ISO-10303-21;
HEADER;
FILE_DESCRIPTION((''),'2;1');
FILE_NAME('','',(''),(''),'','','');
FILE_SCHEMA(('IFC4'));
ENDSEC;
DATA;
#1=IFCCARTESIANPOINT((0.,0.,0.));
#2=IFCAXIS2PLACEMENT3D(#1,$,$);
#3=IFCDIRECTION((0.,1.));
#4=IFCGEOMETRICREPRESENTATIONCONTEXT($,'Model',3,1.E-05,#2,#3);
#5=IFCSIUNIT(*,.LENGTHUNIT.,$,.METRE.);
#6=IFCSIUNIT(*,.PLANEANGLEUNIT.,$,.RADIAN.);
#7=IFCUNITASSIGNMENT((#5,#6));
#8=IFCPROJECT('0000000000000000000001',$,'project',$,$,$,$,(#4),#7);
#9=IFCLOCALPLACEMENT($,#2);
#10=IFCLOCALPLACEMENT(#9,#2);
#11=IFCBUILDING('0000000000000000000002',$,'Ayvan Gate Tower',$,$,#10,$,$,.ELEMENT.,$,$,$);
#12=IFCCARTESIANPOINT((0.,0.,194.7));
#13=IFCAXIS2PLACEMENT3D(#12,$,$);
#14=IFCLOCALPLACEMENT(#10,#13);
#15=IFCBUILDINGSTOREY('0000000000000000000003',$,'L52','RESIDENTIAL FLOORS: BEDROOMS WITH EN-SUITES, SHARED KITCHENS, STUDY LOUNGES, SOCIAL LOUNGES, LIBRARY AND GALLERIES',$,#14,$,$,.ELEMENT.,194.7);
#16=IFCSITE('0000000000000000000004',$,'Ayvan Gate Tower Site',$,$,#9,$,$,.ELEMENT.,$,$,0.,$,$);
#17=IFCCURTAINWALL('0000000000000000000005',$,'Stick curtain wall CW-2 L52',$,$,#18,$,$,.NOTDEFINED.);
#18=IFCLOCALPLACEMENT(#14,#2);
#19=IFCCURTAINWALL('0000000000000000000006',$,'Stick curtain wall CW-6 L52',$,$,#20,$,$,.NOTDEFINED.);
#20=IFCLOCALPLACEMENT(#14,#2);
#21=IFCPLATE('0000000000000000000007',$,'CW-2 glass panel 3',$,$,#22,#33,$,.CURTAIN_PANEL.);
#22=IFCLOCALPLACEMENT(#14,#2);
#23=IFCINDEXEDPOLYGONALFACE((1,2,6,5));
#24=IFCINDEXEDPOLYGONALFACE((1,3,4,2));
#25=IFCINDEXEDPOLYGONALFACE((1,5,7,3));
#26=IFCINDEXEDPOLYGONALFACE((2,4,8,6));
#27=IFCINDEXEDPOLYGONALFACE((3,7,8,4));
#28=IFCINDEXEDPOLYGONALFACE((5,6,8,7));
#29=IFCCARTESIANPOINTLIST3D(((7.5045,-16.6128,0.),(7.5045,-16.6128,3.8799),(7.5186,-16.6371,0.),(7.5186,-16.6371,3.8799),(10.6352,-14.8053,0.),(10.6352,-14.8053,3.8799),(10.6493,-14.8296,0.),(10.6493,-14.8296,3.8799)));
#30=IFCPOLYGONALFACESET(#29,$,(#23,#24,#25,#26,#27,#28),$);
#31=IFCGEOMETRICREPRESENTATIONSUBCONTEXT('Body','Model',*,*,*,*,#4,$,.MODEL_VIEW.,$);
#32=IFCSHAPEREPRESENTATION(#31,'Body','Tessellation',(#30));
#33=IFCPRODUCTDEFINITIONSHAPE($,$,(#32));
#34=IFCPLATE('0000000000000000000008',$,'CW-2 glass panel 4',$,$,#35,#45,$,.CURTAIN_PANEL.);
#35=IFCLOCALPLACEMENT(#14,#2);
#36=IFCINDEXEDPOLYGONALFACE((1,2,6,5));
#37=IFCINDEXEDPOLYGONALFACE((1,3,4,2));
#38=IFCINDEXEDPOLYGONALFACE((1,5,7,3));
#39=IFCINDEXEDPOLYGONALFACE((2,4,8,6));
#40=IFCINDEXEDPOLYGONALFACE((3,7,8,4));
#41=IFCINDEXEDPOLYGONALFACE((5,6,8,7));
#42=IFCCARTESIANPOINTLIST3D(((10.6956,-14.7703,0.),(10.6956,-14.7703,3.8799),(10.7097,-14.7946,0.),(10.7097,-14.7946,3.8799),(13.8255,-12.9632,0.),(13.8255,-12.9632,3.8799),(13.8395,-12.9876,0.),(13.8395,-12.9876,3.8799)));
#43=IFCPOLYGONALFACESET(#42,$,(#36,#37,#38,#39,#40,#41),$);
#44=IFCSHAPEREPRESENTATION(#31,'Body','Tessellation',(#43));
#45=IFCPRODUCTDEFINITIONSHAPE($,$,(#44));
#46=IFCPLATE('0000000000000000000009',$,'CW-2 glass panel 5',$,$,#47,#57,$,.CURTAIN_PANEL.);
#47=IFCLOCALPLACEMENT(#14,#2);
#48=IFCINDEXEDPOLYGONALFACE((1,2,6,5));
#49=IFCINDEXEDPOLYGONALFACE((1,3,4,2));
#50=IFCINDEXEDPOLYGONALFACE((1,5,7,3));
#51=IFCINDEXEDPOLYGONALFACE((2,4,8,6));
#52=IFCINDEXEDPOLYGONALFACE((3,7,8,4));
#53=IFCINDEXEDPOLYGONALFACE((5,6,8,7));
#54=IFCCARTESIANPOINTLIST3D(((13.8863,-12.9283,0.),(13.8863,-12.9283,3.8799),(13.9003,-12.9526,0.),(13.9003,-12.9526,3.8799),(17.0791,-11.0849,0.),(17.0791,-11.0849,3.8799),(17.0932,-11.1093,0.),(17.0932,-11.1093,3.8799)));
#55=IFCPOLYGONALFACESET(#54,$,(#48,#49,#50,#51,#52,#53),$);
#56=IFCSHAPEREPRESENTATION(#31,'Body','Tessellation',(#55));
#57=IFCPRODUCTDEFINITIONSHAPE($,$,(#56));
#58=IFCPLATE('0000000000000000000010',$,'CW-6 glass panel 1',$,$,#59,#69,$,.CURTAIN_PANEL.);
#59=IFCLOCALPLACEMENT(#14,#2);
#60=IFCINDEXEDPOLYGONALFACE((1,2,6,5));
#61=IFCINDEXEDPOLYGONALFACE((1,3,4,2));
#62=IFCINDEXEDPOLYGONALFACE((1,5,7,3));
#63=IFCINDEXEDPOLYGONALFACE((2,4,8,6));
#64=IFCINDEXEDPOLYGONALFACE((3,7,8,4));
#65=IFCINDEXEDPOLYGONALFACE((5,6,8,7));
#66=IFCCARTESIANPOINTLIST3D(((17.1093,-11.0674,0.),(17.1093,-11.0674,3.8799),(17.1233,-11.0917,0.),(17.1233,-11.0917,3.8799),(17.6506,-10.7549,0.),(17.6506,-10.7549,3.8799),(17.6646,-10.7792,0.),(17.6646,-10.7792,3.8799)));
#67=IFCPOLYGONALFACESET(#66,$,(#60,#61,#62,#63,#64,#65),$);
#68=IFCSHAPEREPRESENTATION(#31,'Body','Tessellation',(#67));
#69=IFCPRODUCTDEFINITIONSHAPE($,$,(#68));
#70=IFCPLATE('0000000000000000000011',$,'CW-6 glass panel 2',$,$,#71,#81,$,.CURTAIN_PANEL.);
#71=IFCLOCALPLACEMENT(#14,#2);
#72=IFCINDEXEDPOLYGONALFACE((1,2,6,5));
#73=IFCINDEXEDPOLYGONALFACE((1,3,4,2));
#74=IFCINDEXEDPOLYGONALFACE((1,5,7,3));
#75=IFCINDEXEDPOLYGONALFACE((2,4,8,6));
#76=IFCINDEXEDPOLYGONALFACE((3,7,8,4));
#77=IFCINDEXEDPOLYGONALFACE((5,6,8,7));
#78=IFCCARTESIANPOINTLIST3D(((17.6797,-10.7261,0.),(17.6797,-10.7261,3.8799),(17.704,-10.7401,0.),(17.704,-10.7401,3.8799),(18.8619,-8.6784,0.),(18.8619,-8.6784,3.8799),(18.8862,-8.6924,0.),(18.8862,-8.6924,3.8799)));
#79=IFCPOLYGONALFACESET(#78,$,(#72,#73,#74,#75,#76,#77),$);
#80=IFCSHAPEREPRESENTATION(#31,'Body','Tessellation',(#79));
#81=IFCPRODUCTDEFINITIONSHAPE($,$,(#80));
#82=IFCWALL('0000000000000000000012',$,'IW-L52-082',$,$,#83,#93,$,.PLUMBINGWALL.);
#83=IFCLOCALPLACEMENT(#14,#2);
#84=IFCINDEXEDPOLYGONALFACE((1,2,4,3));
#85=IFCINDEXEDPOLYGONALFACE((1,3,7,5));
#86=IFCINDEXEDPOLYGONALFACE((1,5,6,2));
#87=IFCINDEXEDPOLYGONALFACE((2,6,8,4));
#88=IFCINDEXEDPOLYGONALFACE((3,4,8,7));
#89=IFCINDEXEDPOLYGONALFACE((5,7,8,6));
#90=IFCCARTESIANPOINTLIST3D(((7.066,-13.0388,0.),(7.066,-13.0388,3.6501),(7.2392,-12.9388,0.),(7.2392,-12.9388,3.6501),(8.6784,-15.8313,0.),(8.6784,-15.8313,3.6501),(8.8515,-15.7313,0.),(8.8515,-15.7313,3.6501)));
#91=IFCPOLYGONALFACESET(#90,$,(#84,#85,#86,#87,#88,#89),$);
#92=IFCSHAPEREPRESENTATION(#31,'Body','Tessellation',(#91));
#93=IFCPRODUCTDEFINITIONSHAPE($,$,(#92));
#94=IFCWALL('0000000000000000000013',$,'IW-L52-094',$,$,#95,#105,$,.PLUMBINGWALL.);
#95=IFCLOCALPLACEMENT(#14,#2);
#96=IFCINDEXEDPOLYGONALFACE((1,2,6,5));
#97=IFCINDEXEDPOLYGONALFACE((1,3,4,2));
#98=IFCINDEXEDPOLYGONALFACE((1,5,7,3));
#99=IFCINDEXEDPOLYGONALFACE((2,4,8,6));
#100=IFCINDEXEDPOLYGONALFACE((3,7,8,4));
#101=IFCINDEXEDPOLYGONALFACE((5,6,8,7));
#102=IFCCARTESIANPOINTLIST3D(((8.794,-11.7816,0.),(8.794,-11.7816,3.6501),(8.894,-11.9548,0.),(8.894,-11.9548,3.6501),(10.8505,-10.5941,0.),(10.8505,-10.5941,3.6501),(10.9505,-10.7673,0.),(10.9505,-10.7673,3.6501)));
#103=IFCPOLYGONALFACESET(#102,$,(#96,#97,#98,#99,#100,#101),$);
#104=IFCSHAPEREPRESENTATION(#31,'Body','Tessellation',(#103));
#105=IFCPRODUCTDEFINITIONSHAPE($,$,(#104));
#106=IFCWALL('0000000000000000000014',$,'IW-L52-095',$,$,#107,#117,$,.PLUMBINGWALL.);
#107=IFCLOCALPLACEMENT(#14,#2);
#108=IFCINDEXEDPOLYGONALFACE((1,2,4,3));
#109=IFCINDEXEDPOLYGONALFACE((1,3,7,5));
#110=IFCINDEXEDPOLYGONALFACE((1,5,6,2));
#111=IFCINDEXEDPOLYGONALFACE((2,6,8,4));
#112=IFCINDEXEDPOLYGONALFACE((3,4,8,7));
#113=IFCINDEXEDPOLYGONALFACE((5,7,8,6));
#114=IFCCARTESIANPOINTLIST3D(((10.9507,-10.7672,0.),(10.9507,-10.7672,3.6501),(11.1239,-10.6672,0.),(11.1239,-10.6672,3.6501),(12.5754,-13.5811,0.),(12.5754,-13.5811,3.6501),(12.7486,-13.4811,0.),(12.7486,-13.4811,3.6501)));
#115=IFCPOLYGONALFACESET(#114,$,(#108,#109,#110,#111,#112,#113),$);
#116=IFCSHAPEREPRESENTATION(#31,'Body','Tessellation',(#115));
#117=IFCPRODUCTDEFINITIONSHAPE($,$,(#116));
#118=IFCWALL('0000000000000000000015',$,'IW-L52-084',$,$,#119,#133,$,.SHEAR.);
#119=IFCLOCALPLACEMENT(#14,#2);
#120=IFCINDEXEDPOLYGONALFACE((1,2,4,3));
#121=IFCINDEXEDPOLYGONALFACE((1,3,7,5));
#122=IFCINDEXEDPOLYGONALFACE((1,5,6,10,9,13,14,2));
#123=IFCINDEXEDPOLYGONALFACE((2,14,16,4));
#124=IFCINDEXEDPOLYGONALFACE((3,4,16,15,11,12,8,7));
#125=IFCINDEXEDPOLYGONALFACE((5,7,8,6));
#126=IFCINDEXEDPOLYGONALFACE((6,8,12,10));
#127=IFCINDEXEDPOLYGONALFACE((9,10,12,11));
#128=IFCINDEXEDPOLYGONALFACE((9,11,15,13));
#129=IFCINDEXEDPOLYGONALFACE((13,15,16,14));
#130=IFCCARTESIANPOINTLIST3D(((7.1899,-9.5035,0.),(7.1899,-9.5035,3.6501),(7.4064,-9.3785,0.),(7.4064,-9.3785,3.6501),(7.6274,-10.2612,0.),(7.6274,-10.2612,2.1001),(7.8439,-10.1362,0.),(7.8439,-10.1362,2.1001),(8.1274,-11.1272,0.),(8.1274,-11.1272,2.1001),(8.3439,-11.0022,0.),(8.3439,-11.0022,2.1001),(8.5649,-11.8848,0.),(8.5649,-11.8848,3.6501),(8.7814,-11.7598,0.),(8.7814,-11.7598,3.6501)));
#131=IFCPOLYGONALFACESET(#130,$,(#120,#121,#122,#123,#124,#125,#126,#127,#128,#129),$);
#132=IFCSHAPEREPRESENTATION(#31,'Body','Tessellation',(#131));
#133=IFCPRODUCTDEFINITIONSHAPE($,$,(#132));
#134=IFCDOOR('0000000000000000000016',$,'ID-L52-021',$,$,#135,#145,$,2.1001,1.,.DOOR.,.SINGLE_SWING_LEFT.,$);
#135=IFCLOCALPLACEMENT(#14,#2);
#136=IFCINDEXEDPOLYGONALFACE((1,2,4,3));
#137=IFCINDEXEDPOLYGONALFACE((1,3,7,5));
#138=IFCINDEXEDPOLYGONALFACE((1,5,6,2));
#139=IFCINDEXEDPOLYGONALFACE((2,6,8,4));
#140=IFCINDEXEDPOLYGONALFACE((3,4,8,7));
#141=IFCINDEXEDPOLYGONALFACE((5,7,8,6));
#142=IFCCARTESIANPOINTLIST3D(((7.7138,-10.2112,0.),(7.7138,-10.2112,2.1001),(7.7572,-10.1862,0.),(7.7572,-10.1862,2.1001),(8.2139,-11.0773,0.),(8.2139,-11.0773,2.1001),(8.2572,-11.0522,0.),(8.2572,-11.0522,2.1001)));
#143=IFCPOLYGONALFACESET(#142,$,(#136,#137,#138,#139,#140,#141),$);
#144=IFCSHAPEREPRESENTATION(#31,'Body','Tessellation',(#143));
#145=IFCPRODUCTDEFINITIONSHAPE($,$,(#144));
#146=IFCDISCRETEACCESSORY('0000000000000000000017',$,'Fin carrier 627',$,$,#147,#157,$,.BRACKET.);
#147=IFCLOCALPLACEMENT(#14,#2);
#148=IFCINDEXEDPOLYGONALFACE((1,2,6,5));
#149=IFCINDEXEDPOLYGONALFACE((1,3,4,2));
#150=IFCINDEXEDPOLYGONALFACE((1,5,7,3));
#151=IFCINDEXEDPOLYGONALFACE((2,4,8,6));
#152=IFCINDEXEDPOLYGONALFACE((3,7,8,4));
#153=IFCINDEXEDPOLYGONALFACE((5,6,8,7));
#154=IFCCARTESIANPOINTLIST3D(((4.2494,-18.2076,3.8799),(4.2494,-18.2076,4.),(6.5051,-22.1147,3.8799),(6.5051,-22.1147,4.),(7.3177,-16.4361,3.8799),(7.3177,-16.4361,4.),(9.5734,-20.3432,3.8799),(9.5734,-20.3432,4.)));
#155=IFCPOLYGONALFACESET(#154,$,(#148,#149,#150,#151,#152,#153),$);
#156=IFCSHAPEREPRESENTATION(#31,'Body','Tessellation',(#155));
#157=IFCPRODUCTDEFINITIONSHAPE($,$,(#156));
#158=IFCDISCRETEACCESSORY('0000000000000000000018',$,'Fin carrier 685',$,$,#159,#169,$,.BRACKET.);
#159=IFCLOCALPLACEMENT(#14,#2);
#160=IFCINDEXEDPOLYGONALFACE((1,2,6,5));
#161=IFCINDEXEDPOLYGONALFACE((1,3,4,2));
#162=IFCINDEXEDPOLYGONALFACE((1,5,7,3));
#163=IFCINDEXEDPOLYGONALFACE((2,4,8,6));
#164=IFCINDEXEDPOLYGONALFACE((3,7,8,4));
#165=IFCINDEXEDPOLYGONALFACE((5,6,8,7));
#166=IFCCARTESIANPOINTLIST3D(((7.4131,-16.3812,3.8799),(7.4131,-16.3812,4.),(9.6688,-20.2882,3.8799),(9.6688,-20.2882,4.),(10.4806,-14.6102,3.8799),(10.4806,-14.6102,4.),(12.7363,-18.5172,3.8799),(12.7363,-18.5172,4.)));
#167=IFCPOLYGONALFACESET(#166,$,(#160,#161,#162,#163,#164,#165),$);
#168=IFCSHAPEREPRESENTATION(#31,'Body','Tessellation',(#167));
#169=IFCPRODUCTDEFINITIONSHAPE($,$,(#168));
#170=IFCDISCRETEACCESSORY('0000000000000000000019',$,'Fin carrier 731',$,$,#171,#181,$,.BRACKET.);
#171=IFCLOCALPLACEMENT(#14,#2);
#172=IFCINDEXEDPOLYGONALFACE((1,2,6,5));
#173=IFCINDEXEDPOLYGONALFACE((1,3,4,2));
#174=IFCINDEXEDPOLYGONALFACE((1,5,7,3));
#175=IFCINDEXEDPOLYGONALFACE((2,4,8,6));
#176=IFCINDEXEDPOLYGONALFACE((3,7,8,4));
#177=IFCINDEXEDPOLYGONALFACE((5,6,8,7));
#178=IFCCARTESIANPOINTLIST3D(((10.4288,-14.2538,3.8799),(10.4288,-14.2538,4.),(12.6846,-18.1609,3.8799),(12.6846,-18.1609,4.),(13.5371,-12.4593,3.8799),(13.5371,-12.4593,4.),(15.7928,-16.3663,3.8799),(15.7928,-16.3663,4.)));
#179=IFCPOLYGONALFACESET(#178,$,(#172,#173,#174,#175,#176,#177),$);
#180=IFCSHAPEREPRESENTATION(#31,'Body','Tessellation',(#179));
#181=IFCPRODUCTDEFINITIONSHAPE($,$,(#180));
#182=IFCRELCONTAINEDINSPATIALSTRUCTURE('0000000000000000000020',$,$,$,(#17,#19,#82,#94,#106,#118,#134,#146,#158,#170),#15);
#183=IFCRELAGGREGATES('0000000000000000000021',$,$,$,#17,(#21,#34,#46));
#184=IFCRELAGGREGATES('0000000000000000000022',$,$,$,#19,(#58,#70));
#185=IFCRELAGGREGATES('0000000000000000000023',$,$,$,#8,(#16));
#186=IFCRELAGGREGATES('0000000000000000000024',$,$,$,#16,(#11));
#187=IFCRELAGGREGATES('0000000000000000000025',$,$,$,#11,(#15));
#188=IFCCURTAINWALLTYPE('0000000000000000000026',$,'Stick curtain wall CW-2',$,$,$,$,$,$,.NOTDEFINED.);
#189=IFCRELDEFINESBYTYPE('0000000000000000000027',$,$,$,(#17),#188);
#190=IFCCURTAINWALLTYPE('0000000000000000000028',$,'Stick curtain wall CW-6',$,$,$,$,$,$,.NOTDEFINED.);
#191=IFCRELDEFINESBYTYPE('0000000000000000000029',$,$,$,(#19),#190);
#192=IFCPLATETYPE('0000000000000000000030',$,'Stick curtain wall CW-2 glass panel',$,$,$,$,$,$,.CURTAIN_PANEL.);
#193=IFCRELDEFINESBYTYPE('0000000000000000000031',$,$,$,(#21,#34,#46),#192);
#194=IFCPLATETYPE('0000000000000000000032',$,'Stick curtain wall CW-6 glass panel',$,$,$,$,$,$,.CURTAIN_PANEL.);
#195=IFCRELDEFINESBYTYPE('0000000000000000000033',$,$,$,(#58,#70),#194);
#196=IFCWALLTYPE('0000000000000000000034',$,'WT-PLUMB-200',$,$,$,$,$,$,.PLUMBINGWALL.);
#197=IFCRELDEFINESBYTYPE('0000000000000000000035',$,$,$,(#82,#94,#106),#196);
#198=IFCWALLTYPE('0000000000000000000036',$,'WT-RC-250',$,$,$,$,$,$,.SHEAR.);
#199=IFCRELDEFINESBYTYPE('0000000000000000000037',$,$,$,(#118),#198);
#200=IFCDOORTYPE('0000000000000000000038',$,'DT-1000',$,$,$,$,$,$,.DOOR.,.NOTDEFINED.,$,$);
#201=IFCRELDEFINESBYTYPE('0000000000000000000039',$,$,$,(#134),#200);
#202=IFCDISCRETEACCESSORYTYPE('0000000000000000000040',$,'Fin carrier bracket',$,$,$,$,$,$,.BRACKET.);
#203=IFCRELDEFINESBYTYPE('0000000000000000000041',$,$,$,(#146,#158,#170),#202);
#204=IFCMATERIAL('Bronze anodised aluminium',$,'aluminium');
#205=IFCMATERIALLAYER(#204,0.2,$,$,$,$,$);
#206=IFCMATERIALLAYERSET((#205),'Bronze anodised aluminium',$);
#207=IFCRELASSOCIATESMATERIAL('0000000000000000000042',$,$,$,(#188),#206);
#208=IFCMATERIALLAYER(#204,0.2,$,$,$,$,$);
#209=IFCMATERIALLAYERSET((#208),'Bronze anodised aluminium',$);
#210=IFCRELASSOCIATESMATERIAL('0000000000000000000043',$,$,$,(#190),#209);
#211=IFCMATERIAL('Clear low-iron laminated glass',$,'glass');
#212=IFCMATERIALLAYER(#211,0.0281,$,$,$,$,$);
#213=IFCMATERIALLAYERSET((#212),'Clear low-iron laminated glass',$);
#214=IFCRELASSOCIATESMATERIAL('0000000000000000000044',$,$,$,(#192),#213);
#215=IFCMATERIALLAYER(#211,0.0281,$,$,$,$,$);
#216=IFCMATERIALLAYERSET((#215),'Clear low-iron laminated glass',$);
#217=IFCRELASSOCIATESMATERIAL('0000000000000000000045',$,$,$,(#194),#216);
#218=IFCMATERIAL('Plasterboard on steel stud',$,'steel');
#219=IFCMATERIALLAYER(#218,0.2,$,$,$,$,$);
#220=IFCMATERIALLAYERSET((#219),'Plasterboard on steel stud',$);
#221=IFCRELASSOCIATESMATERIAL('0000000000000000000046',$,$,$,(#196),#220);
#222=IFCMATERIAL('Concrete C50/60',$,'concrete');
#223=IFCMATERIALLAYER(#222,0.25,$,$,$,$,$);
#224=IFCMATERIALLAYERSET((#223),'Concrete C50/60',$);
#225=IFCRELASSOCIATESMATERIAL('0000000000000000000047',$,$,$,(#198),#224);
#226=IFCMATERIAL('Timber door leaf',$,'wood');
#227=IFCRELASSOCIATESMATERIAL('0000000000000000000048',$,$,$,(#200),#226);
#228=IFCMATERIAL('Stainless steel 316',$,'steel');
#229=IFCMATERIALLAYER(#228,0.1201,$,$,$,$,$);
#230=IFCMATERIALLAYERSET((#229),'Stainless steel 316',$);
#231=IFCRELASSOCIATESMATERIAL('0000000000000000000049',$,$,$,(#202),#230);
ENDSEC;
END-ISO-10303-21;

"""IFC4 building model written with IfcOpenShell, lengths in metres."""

from ifc_helpers import new_model, si_unit, direction, frame, frame_2d, origin, origin_2d, place, context, subcontext, project, spatial, rectangle, extrude, material, layer, layer_set, type_object, element, fill, aggregate, save


model = new_model("IFC4")

# Units and contexts
model_context = context("Model", 3, precision=1e-05, world=origin(), true_north=direction((0.0, 1.0)))
body_context = subcontext(model_context, "Body", "Model", "MODEL_VIEW")
ifc_project = project(units=[si_unit("LENGTHUNIT", "METRE"), si_unit("PLANEANGLEUNIT", "RADIAN")], contexts=[model_context])

# Site, building, storey
site_placement = place(None, origin())
site = spatial("IfcSite", under=ifc_project, at=site_placement, Name="Ayvan Gate Tower Site", CompositionType="ELEMENT", RefElevation=0.0)
building_placement = place(site_placement, origin())
building = spatial("IfcBuilding", under=site, at=building_placement, Name="Ayvan Gate Tower", CompositionType="ELEMENT")
storey_placement = place(building_placement, frame((0.0, 0.0, 194.7)))
storey = spatial("IfcBuildingStorey", under=building, at=storey_placement, Name="L52", Description="RESIDENTIAL FLOORS: BEDROOMS WITH EN-SUITES, SHARED KITCHENS, STUDY LOUNGES, SOCIAL LOUNGES, LIBRARY AND GALLERIES", CompositionType="ELEMENT", Elevation=194.7)

# Curtain walls
ifc_material_1 = material(Name="Bronze anodised aluminium", Category="aluminium")
ifc_layer_1 = layer(ifc_material_1, 0.2)
ifc_layer_set_1 = layer_set([ifc_layer_1], Name="Bronze anodised aluminium")
curtain_wall_type_1 = type_object("IfcCurtainWallType", Name="Stick curtain wall CW-2", PredefinedType="NOTDEFINED", material=ifc_layer_set_1)
curtain_wall_1_placement = place(storey_placement, origin())
curtain_wall_1 = element("IfcCurtainWall", 1, at=curtain_wall_1_placement, inside=storey, type_object=curtain_wall_type_1, Name="Stick curtain wall CW-2 L52", PredefinedType="NOTDEFINED")
ifc_layer_2 = layer(ifc_material_1, 0.2)
ifc_layer_set_2 = layer_set([ifc_layer_2], Name="Bronze anodised aluminium")
curtain_wall_type_2 = type_object("IfcCurtainWallType", Name="Stick curtain wall CW-6", PredefinedType="NOTDEFINED", material=ifc_layer_set_2)
curtain_wall_2_placement = place(storey_placement, origin())
curtain_wall_2 = element("IfcCurtainWall", 2, at=curtain_wall_2_placement, inside=storey, type_object=curtain_wall_type_2, Name="Stick curtain wall CW-6 L52", PredefinedType="NOTDEFINED")

# Plates
ifc_material_2 = material(Name="Clear low-iron laminated glass", Category="glass")
ifc_layer_3 = layer(ifc_material_2, 0.0281)
ifc_layer_set_3 = layer_set([ifc_layer_3], Name="Clear low-iron laminated glass")
plate_type_1 = type_object("IfcPlateType", Name="Stick curtain wall CW-2 glass panel", PredefinedType="CURTAIN_PANEL", material=ifc_layer_set_3)
plate_1_placement = place(storey_placement, frame((9.0769, -15.7212, 0.0), z_axis=(0.0, 0.0, 1.0), x_axis=(0.866025, 0.5, 0.0)))
plate_1 = element("IfcPlate", 3, at=plate_1_placement, type_object=plate_type_1, Name="CW-2 glass panel 3", PredefinedType="CURTAIN_PANEL", context=body_context, shape_type="SweptSolid", body=[
    extrude(rectangle(XDim=3.615, YDim=0.0281, at=origin_2d()), origin(), (0.0, 0.0, 1.0), 3.8799),
])
plate_2_placement = place(storey_placement, frame((12.2676, -13.8789, 0.0), z_axis=(0.0, 0.0, 1.0), x_axis=(0.866025, 0.5, 0.0)))
plate_2 = element("IfcPlate", 4, at=plate_2_placement, type_object=plate_type_1, Name="CW-2 glass panel 4", PredefinedType="CURTAIN_PANEL", context=body_context, shape_type="SweptSolid", body=[
    extrude(rectangle(XDim=3.614, YDim=0.0281, at=origin_2d()), origin(), (0.0, 0.0, 1.0), 3.8799),
])
plate_3_placement = place(storey_placement, frame((15.4897, -12.0188, 0.0), z_axis=(0.0, 0.0, 1.0), x_axis=(0.866025, 0.5, 0.0)))
plate_3 = element("IfcPlate", 5, at=plate_3_placement, type_object=plate_type_1, Name="CW-2 glass panel 5", PredefinedType="CURTAIN_PANEL", context=body_context, shape_type="SweptSolid", body=[
    extrude(rectangle(XDim=3.6868, YDim=0.0281, at=origin_2d()), origin(), (0.0, 0.0, 1.0), 3.8799),
])
aggregate(curtain_wall_1, [plate_1, plate_2, plate_3])
ifc_layer_4 = layer(ifc_material_2, 0.0281)
ifc_layer_set_4 = layer_set([ifc_layer_4], Name="Clear low-iron laminated glass")
plate_type_2 = type_object("IfcPlateType", Name="Stick curtain wall CW-6 glass panel", PredefinedType="CURTAIN_PANEL", material=ifc_layer_set_4)
plate_4_placement = place(storey_placement, frame((17.387, -10.9233, 0.0), z_axis=(0.0, 0.0, 1.0), x_axis=(0.866025, 0.5, 0.0)))
plate_4 = element("IfcPlate", 6, at=plate_4_placement, type_object=plate_type_2, Name="CW-6 glass panel 1", PredefinedType="CURTAIN_PANEL", context=body_context, shape_type="SweptSolid", body=[
    extrude(rectangle(XDim=0.625, YDim=0.0281, at=origin_2d()), origin(), (0.0, 0.0, 1.0), 3.8799),
])
plate_5_placement = place(storey_placement, frame((18.283, -9.7092, 0.0), z_axis=(0.0, 0.0, 1.0), x_axis=(0.5, 0.866025, 0.0)))
plate_5 = element("IfcPlate", 7, at=plate_5_placement, type_object=plate_type_2, Name="CW-6 glass panel 2", PredefinedType="CURTAIN_PANEL", context=body_context, shape_type="SweptSolid", body=[
    extrude(rectangle(XDim=2.3645, YDim=0.0281, at=origin_2d()), origin(), (0.0, 0.0, 1.0), 3.8799),
])
aggregate(curtain_wall_2, [plate_4, plate_5])

# Walls
ifc_material_3 = material(Name="Plasterboard on steel stud", Category="steel")
ifc_layer_5 = layer(ifc_material_3, 0.2)
ifc_layer_set_5 = layer_set([ifc_layer_5], Name="Plasterboard on steel stud")
wall_type_1 = type_object("IfcWallType", Name="WT-PLUMB-200", PredefinedType="PLUMBINGWALL", material=ifc_layer_set_5)
wall_1_placement = place(storey_placement, frame((7.1526, -12.9888, 0.0), z_axis=(0.0, 0.0, 1.0), x_axis=(0.500015, -0.866017, 0.0)))
element("IfcWall", 8, at=wall_1_placement, inside=storey, type_object=wall_type_1, Name="IW-L52-082", PredefinedType="PLUMBINGWALL", context=body_context, shape_type="SweptSolid", body=[
    extrude(rectangle(XDim=3.2246, YDim=0.2, at=frame_2d((1.6123, 0.0))), origin(), (0.0, 0.0, 1.0), 3.6501),
])
wall_2_placement = place(storey_placement, frame((10.9006, -10.6807, 0.0), z_axis=(0.0, 0.0, 1.0), x_axis=(-0.866008, -0.500031, 0.0)))
element("IfcWall", 9, at=wall_2_placement, inside=storey, type_object=wall_type_1, Name="IW-L52-094", PredefinedType="PLUMBINGWALL", context=body_context, shape_type="SweptSolid", body=[
    extrude(rectangle(XDim=2.3748, YDim=0.2, at=frame_2d((1.1875, 0.0))), origin(), (0.0, 0.0, 1.0), 3.6501),
])
wall_3_placement = place(storey_placement, frame((11.0374, -10.7173, 0.0), z_axis=(0.0, 0.0, 1.0), x_axis=(0.500026, -0.86601, 0.0)))
element("IfcWall", 10, at=wall_3_placement, inside=storey, type_object=wall_type_1, Name="IW-L52-095", PredefinedType="PLUMBINGWALL", context=body_context, shape_type="SweptSolid", body=[
    extrude(rectangle(XDim=3.2493, YDim=0.2, at=frame_2d((1.6245, 0.0))), origin(), (0.0, 0.0, 1.0), 3.6501),
])

# Wall, opening, door
ifc_material_4 = material(Name="Concrete C50/60", Category="concrete")
ifc_layer_6 = layer(ifc_material_4, 0.25)
ifc_layer_set_6 = layer_set([ifc_layer_6], Name="Concrete C50/60")
wall_type_2 = type_object("IfcWallType", Name="WT-RC-250", PredefinedType="SHEAR", material=ifc_layer_set_6)
wall_4_placement = place(storey_placement, frame((7.2981, -9.4409, 0.0), z_axis=(0.0, 0.0, 1.0), x_axis=(0.500035, -0.866005, 0.0)))
wall_4 = element("IfcWall", 11, at=wall_4_placement, inside=storey, type_object=wall_type_2, Name="IW-L52-084", PredefinedType="SHEAR", context=body_context, shape_type="SweptSolid", body=[
    extrude(rectangle(XDim=2.7498, YDim=0.25, at=frame_2d((1.375, 0.0))), origin(), (0.0, 0.0, 1.0), 3.6501),
])
opening_placement = place(wall_4_placement, frame((0.875, 0.0, 0.0)))
opening = element("IfcOpeningElement", 12, at=opening_placement, cuts=wall_4, PredefinedType="OPENING", context=body_context, shape_type="SweptSolid", body=[
    extrude(rectangle(XDim=1.0, YDim=2.1001, at=frame_2d((0.5, 1.05))), frame((0.0, 0.135, 0.0), z_axis=(0.0, -1.0, 0.0), x_axis=(1.0, 0.0, 0.0)), (0.0, 0.0, 1.0), 0.27),
])
ifc_material_5 = material(Name="Timber door leaf", Category="wood")
door_type = type_object("IfcDoorType", Name="DT-1000", OperationType="NOTDEFINED", PredefinedType="DOOR", material=ifc_material_5)
door_placement = place(opening_placement, origin())
door = element("IfcDoor", 13, at=door_placement, inside=storey, type_object=door_type, Name="ID-L52-021", OperationType="SINGLE_SWING_LEFT", OverallHeight=2.1001, OverallWidth=1.0, PredefinedType="DOOR", context=body_context, shape_type="SweptSolid", body=[
    extrude(rectangle(XDim=1.0, YDim=2.1001, at=frame_2d((0.5, 1.05))), frame((0.0, 0.0249, 0.0), z_axis=(0.0, -1.0, 0.0), x_axis=(1.0, 0.0, 0.0)), (0.0, 0.0, 1.0), 0.05),
])
fill(opening, door)

# Discrete accessories
ifc_material_6 = material(Name="Stainless steel 316", Category="steel")
ifc_layer_7 = layer(ifc_material_6, 0.1201)
ifc_layer_set_7 = layer_set([ifc_layer_7], Name="Stainless steel 316")
discrete_accessory_type = type_object("IfcDiscreteAccessoryType", Name="Fin carrier bracket", PredefinedType="BRACKET", material=ifc_layer_set_7)
discrete_accessory_1_placement = place(storey_placement, frame((6.9114, -19.2754, 3.8799), z_axis=(0.0, 0.0, 1.0), x_axis=(0.866025, 0.5, 0.0)))
element("IfcDiscreteAccessory", 14, at=discrete_accessory_1_placement, inside=storey, type_object=discrete_accessory_type, Name="Fin carrier 627", PredefinedType="BRACKET", context=body_context, shape_type="SweptSolid", body=[
    extrude(rectangle(XDim=3.543, YDim=4.5115, at=origin_2d()), origin(), (0.0, 0.0, 1.0), 0.1201),
])
discrete_accessory_2_placement = place(storey_placement, frame((10.0747, -17.4492, 3.8799), z_axis=(0.0, 0.0, 1.0), x_axis=(0.866025, 0.5, 0.0)))
element("IfcDiscreteAccessory", 15, at=discrete_accessory_2_placement, inside=storey, type_object=discrete_accessory_type, Name="Fin carrier 685", PredefinedType="BRACKET", context=body_context, shape_type="SweptSolid", body=[
    extrude(rectangle(XDim=3.542, YDim=4.5115, at=origin_2d()), origin(), (0.0, 0.0, 1.0), 0.1201),
])
discrete_accessory_3_placement = place(storey_placement, frame((13.1108, -15.3101, 3.8799), z_axis=(0.0, 0.0, 1.0), x_axis=(0.866025, 0.5, 0.0)))
element("IfcDiscreteAccessory", 16, at=discrete_accessory_3_placement, inside=storey, type_object=discrete_accessory_type, Name="Fin carrier 731", PredefinedType="BRACKET", context=body_context, shape_type="SweptSolid", body=[
    extrude(rectangle(XDim=3.5891, YDim=4.5115, at=origin_2d()), origin(), (0.0, 0.0, 1.0), 0.1201),
])

save(model, "model.ifc")
